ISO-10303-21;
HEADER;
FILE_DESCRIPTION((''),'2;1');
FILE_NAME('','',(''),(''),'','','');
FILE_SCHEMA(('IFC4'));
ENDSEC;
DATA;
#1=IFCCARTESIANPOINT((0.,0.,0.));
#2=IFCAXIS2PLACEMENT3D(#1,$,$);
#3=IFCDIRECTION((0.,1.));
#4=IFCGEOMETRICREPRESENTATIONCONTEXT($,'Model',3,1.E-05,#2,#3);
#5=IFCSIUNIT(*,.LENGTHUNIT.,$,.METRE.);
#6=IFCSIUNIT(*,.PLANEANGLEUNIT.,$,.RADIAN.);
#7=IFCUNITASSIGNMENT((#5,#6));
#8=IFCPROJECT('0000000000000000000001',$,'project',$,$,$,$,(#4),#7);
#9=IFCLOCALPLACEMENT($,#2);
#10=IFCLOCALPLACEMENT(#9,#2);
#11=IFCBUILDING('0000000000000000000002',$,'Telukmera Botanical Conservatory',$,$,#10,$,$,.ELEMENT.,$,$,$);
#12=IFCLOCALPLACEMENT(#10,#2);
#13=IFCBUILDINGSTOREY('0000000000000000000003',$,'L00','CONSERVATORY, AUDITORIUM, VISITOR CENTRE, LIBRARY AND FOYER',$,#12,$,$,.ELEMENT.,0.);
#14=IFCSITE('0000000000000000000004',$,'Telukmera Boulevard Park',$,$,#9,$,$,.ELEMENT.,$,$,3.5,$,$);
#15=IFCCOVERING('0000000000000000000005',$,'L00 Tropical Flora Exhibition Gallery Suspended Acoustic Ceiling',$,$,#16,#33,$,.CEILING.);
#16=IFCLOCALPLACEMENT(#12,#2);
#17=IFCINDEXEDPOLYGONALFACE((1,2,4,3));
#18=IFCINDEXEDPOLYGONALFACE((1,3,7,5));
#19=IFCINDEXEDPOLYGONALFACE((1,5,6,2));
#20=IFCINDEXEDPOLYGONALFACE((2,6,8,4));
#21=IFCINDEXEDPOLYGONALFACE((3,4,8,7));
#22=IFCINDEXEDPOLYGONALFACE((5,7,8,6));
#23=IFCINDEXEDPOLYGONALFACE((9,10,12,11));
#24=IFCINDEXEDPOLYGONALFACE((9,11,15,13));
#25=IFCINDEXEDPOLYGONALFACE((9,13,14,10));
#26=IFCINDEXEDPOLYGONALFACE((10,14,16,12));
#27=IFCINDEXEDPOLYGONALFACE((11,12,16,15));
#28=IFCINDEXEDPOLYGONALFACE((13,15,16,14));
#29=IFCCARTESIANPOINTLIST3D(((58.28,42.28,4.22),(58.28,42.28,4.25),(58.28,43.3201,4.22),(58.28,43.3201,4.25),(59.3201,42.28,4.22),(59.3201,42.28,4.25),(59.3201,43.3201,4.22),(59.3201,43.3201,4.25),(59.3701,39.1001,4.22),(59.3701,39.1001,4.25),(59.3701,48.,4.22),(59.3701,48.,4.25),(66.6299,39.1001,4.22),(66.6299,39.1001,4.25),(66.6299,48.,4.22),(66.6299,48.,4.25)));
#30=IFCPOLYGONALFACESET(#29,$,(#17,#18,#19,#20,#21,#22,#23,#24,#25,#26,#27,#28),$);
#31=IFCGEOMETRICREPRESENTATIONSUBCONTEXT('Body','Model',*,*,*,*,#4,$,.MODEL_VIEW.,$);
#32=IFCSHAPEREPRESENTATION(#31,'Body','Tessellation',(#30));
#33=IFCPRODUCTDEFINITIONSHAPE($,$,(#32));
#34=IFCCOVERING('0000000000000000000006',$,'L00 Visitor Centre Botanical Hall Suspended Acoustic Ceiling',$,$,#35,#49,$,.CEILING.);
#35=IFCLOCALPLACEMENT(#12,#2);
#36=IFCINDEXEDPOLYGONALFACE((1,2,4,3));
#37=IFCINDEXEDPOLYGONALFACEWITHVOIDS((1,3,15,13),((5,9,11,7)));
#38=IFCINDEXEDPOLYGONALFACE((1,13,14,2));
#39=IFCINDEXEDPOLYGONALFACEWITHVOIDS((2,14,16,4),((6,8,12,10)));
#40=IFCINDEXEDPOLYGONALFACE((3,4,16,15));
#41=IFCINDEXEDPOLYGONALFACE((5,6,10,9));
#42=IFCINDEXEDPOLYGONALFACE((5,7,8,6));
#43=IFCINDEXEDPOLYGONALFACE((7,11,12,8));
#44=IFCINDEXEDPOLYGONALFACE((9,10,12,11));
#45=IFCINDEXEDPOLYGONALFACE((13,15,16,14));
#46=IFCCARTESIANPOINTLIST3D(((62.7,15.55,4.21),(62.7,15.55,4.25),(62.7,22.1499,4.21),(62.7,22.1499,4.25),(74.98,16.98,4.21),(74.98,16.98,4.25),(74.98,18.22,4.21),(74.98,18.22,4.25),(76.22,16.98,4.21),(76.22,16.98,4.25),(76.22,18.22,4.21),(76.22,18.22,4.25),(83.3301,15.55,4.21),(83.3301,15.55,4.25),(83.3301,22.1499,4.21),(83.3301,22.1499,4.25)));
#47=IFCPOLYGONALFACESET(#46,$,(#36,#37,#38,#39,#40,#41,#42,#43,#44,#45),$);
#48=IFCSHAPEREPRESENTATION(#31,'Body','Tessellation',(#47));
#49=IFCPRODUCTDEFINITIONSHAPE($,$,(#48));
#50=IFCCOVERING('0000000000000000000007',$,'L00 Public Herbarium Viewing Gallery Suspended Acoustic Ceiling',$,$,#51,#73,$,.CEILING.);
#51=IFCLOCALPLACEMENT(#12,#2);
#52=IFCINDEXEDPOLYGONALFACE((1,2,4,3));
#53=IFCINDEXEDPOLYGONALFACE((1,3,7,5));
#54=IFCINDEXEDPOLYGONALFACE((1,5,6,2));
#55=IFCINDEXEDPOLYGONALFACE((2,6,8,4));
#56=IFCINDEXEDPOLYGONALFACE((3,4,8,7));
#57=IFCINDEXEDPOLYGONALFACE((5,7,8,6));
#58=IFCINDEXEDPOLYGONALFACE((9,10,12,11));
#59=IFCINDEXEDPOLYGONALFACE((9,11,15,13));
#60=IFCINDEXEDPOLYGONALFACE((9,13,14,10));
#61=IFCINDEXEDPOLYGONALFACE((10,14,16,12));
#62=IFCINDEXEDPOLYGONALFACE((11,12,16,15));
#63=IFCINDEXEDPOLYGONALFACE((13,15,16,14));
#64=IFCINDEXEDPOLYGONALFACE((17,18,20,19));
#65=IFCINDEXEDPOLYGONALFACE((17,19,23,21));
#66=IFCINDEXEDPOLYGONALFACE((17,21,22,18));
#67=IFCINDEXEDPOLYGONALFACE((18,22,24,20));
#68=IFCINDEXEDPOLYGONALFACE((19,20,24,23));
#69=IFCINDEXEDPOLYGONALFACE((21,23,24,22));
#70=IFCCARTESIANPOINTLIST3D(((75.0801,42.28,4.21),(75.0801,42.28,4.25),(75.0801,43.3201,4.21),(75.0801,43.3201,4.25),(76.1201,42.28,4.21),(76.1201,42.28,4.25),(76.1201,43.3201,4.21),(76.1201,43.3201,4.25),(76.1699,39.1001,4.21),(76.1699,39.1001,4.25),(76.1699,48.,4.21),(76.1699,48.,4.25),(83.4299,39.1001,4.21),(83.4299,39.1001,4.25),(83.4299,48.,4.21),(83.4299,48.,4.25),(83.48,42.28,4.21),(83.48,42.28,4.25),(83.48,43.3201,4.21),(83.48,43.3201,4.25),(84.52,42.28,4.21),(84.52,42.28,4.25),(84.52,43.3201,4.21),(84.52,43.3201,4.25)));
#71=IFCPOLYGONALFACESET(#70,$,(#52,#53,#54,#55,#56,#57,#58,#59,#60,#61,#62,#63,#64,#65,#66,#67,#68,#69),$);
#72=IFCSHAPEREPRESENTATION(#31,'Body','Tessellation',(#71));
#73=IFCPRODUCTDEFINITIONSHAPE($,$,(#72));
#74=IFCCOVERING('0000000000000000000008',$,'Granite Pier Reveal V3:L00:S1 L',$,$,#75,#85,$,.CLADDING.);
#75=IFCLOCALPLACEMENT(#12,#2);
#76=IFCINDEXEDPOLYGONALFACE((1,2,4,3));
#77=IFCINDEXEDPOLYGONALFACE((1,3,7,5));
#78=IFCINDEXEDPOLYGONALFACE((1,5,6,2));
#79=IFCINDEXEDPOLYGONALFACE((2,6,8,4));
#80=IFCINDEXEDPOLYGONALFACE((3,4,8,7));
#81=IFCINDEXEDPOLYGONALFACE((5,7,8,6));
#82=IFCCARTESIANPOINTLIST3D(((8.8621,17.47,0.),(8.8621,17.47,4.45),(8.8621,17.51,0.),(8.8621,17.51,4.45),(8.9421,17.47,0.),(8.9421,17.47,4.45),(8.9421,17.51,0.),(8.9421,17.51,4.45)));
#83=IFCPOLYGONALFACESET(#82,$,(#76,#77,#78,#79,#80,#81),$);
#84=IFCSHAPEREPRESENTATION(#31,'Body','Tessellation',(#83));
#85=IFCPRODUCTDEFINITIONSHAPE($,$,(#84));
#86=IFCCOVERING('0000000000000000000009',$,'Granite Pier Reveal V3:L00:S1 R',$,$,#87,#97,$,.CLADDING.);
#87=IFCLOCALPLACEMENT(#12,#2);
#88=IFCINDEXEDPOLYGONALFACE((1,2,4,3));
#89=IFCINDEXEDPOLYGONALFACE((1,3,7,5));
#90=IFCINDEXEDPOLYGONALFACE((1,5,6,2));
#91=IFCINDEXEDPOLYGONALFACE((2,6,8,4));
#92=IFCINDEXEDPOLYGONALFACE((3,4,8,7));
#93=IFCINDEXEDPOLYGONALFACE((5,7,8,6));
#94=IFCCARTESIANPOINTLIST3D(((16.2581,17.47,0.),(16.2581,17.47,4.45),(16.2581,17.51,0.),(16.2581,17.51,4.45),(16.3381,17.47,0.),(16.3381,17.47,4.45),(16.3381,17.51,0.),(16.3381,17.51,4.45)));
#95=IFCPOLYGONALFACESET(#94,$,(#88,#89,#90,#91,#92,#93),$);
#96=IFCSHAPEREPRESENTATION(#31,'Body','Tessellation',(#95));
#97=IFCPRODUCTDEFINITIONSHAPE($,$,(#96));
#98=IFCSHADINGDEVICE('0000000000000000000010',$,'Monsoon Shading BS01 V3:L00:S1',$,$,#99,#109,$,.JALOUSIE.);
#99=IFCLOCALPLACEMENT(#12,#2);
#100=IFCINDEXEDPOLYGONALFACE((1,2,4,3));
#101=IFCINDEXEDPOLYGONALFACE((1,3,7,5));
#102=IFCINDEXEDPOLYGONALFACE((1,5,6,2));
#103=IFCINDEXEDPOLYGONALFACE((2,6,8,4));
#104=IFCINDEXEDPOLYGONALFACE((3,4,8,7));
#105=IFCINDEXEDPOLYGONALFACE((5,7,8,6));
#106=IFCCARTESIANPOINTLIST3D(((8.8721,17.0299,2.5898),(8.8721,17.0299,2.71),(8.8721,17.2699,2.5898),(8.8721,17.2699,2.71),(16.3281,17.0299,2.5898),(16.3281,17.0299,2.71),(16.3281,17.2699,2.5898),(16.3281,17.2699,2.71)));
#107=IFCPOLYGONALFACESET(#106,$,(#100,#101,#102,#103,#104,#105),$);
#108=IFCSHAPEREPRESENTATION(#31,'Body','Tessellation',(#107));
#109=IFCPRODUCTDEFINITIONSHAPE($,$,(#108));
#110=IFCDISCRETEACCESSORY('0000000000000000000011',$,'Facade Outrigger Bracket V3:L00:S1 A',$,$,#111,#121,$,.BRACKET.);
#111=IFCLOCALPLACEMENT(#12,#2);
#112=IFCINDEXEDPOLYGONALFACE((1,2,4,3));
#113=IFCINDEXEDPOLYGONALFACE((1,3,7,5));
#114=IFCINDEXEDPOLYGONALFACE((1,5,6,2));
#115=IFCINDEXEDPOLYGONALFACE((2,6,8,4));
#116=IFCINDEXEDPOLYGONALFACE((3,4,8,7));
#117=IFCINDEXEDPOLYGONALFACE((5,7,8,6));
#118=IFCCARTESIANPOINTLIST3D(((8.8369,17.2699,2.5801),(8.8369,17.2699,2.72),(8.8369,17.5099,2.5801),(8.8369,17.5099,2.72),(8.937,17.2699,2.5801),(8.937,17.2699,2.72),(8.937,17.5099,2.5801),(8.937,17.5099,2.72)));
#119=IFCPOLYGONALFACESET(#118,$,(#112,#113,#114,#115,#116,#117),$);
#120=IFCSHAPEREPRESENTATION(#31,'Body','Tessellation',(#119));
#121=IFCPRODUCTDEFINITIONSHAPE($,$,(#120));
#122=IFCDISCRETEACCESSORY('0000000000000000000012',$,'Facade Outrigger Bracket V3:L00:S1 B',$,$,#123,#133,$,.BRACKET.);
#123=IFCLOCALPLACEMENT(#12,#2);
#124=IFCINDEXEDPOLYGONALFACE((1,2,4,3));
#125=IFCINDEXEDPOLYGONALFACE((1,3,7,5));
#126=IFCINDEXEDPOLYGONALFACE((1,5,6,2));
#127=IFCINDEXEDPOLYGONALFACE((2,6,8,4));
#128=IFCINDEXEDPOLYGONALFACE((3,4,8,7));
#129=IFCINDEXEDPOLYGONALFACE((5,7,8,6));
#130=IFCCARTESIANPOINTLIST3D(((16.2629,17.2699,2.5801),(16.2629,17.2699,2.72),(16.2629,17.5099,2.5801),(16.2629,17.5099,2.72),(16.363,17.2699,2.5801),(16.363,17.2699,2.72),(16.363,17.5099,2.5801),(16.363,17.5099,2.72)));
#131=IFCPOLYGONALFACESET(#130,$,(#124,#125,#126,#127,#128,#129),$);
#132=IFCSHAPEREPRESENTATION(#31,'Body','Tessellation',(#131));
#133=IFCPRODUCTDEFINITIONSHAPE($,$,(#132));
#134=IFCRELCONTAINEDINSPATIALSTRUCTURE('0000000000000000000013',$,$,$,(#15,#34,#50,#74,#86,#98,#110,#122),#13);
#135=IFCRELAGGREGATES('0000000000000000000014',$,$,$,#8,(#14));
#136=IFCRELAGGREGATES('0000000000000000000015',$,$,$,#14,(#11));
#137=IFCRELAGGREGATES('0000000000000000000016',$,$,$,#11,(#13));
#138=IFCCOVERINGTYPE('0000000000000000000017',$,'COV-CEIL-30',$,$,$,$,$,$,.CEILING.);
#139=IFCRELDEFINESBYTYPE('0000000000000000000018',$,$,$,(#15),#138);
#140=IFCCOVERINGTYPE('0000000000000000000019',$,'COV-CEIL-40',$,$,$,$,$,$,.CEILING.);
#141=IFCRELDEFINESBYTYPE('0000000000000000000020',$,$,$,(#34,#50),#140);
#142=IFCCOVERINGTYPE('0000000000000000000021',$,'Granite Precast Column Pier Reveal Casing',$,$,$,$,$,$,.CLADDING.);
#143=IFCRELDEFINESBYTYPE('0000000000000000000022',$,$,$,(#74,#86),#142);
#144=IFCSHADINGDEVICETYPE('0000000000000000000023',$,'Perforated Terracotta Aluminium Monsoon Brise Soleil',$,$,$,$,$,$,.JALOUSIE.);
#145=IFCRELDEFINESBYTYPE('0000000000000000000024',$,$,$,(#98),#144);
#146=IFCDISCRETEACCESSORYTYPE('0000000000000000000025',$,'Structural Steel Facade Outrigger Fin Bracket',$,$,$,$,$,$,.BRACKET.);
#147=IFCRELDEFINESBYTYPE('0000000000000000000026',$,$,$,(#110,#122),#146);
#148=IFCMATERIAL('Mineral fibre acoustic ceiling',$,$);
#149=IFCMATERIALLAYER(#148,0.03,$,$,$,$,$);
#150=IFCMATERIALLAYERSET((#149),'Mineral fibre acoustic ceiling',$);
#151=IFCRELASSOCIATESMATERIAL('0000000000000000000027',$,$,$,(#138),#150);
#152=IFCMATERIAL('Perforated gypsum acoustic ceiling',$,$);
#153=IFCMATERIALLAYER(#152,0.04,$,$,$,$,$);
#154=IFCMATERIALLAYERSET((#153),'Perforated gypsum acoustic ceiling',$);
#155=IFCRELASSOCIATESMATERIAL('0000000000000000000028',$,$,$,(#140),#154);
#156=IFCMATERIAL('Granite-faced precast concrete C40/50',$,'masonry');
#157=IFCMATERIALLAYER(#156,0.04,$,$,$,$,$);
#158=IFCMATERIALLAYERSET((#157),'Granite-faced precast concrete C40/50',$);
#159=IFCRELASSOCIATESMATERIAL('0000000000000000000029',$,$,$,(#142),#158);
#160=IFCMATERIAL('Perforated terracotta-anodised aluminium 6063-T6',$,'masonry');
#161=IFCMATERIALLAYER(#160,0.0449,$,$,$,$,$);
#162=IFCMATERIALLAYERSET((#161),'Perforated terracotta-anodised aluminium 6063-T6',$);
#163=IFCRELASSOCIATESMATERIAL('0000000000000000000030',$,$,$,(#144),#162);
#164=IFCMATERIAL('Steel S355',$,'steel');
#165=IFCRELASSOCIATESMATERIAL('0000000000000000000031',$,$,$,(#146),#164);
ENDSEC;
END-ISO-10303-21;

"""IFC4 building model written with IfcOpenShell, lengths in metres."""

from ifc_helpers import new_model, si_unit, direction, frame, origin, origin_2d, place, context, subcontext, project, spatial, polyline, rectangle, outline, extrude, material, layer, layer_set, type_object, element, save


model = new_model("IFC4")

# Units and contexts
model_context = context("Model", 3, precision=1e-05, world=origin(), true_north=direction((0.0, 1.0)))
body_context = subcontext(model_context, "Body", "Model", "MODEL_VIEW")
ifc_project = project(units=[si_unit("LENGTHUNIT", "METRE"), si_unit("PLANEANGLEUNIT", "RADIAN")], contexts=[model_context])

# Site, building, storey
site_placement = place(None, origin())
site = spatial("IfcSite", under=ifc_project, at=site_placement, Name="Telukmera Boulevard Park", CompositionType="ELEMENT", RefElevation=3.5)
building_placement = place(site_placement, origin())
building = spatial("IfcBuilding", under=site, at=building_placement, Name="Telukmera Botanical Conservatory", CompositionType="ELEMENT")
storey_placement = place(building_placement, origin())
storey = spatial("IfcBuildingStorey", under=building, at=storey_placement, Name="L00", Description="CONSERVATORY, AUDITORIUM, VISITOR CENTRE, LIBRARY AND FOYER", CompositionType="ELEMENT", Elevation=0.0)

# Shared definitions
ifc_material_1 = material(Name="Steel S355", Category="steel")

# Coverings
ifc_material_2 = material(Name="Mineral fibre acoustic ceiling")
ifc_layer_1 = layer(ifc_material_2, 0.03)
ifc_layer_set_1 = layer_set([ifc_layer_1], Name="Mineral fibre acoustic ceiling")
covering_type_1 = type_object("IfcCoveringType", Name="COV-CEIL-30", PredefinedType="CEILING", material=ifc_layer_set_1)
covering_1_placement = place(storey_placement, frame((0.0, 0.0, 4.22)))
element("IfcCovering", 1, at=covering_1_placement, inside=storey, type_object=covering_type_1, Name="L00 Tropical Flora Exhibition Gallery Suspended Acoustic Ceiling", PredefinedType="CEILING", context=body_context, shape_type="SweptSolid", body=[
    extrude(outline(polyline([(59.3701, 39.1001), (66.6299, 39.1001), (66.6299, 48.0), (59.3701, 48.0), (59.3701, 39.1001)]), holes=[polyline([(58.28, 42.28), (59.3201, 42.28), (59.3201, 43.3201), (58.28, 43.3201), (58.28, 42.28)])]), origin(), (0.0, 0.0, 1.0), 0.03),
])
ifc_material_3 = material(Name="Perforated gypsum acoustic ceiling")
ifc_layer_2 = layer(ifc_material_3, 0.04)
ifc_layer_set_2 = layer_set([ifc_layer_2], Name="Perforated gypsum acoustic ceiling")
covering_type_2 = type_object("IfcCoveringType", Name="COV-CEIL-40", PredefinedType="CEILING", material=ifc_layer_set_2)
covering_2_placement = place(storey_placement, frame((0.0, 0.0, 4.21)))
element("IfcCovering", 2, at=covering_2_placement, inside=storey, type_object=covering_type_2, Name="L00 Visitor Centre Botanical Hall Suspended Acoustic Ceiling", PredefinedType="CEILING", context=body_context, shape_type="SweptSolid", body=[
    extrude(outline(polyline([(62.7, 15.55), (83.3301, 15.55), (83.3301, 22.1499), (62.7, 22.1499), (62.7, 15.55)]), holes=[polyline([(74.98, 16.98), (76.22, 16.98), (76.22, 18.22), (74.98, 18.22), (74.98, 16.98)])]), origin(), (0.0, 0.0, 1.0), 0.04),
])
covering_3_placement = place(storey_placement, frame((0.0, 0.0, 4.21)))
element("IfcCovering", 3, at=covering_3_placement, inside=storey, type_object=covering_type_2, Name="L00 Public Herbarium Viewing Gallery Suspended Acoustic Ceiling", PredefinedType="CEILING", context=body_context, shape_type="SweptSolid", body=[
    extrude(outline(polyline([(76.1699, 39.1001), (83.4299, 39.1001), (83.4299, 48.0), (76.1699, 48.0), (76.1699, 39.1001)]), holes=[polyline([(75.0801, 42.28), (76.1201, 42.28), (76.1201, 43.3201), (75.0801, 43.3201), (75.0801, 42.28)]), polyline([(83.48, 42.28), (84.52, 42.28), (84.52, 43.3201), (83.48, 43.3201), (83.48, 42.28)])]), origin(), (0.0, 0.0, 1.0), 0.04),
])
ifc_material_4 = material(Name="Granite-faced precast concrete C40/50", Category="masonry")
ifc_layer_3 = layer(ifc_material_4, 0.04)
ifc_layer_set_3 = layer_set([ifc_layer_3], Name="Granite-faced precast concrete C40/50")
covering_type_3 = type_object("IfcCoveringType", Name="Granite Precast Column Pier Reveal Casing", PredefinedType="CLADDING", material=ifc_layer_set_3)
for number, where, z_axis, x_axis, name in (
    (4, (8.9021, 17.49, 0.0), (0.0, 0.0, 1.0), (1.0, 0.0, 0.0), "Granite Pier Reveal V3:L00:S1 L"),
    (5, (16.2981, 17.49, 0.0), (0.0, 0.0, 1.0), (1.0, 0.0, 0.0), "Granite Pier Reveal V3:L00:S1 R"),
):
    element("IfcCovering", number, at=place(storey_placement, frame(where, z_axis=z_axis, x_axis=x_axis)), inside=storey, type_object=covering_type_3, Name=name, PredefinedType="CLADDING", context=body_context, shape_type="SweptSolid", body=[
        extrude(rectangle(XDim=0.0801, YDim=0.04, at=origin_2d()), origin(), (0.0, 0.0, 1.0), 4.45),
    ])

# Shading device
ifc_material_5 = material(Name="Perforated terracotta-anodised aluminium 6063-T6", Category="masonry")
ifc_layer_4 = layer(ifc_material_5, 0.0449)
ifc_layer_set_4 = layer_set([ifc_layer_4], Name="Perforated terracotta-anodised aluminium 6063-T6")
shading_device_type = type_object("IfcShadingDeviceType", Name="Perforated Terracotta Aluminium Monsoon Brise Soleil", PredefinedType="JALOUSIE", material=ifc_layer_set_4)
shading_device_placement = place(storey_placement, frame((12.6001, 17.1499, 2.5898), z_axis=(0.0, 0.0, 1.0), x_axis=(1.0, 0.0, 0.0)))
element("IfcShadingDevice", 6, at=shading_device_placement, inside=storey, type_object=shading_device_type, Name="Monsoon Shading BS01 V3:L00:S1", PredefinedType="JALOUSIE", context=body_context, shape_type="SweptSolid", body=[
    extrude(rectangle(XDim=7.4561, YDim=0.24, at=origin_2d()), origin(), (0.0, 0.0, 1.0), 0.1201),
])

# Discrete accessories
discrete_accessory_type = type_object("IfcDiscreteAccessoryType", Name="Structural Steel Facade Outrigger Fin Bracket", PredefinedType="BRACKET", material=ifc_material_1)
for number, where, z_axis, x_axis, name in (
    (7, (8.887, 17.3899, 2.5801), (0.0, 0.0, 1.0), (1.0, 0.0, 0.0), "Facade Outrigger Bracket V3:L00:S1 A"),
    (8, (16.313, 17.3899, 2.5801), (0.0, 0.0, 1.0), (1.0, 0.0, 0.0), "Facade Outrigger Bracket V3:L00:S1 B"),
):
    element("IfcDiscreteAccessory", number, at=place(storey_placement, frame(where, z_axis=z_axis, x_axis=x_axis)), inside=storey, type_object=discrete_accessory_type, Name=name, PredefinedType="BRACKET", context=body_context, shape_type="SweptSolid", body=[
        extrude(rectangle(XDim=0.1001, YDim=0.24, at=origin_2d()), origin(), (0.0, 0.0, 1.0), 0.1399),
    ])

save(model, "model.ifc")
